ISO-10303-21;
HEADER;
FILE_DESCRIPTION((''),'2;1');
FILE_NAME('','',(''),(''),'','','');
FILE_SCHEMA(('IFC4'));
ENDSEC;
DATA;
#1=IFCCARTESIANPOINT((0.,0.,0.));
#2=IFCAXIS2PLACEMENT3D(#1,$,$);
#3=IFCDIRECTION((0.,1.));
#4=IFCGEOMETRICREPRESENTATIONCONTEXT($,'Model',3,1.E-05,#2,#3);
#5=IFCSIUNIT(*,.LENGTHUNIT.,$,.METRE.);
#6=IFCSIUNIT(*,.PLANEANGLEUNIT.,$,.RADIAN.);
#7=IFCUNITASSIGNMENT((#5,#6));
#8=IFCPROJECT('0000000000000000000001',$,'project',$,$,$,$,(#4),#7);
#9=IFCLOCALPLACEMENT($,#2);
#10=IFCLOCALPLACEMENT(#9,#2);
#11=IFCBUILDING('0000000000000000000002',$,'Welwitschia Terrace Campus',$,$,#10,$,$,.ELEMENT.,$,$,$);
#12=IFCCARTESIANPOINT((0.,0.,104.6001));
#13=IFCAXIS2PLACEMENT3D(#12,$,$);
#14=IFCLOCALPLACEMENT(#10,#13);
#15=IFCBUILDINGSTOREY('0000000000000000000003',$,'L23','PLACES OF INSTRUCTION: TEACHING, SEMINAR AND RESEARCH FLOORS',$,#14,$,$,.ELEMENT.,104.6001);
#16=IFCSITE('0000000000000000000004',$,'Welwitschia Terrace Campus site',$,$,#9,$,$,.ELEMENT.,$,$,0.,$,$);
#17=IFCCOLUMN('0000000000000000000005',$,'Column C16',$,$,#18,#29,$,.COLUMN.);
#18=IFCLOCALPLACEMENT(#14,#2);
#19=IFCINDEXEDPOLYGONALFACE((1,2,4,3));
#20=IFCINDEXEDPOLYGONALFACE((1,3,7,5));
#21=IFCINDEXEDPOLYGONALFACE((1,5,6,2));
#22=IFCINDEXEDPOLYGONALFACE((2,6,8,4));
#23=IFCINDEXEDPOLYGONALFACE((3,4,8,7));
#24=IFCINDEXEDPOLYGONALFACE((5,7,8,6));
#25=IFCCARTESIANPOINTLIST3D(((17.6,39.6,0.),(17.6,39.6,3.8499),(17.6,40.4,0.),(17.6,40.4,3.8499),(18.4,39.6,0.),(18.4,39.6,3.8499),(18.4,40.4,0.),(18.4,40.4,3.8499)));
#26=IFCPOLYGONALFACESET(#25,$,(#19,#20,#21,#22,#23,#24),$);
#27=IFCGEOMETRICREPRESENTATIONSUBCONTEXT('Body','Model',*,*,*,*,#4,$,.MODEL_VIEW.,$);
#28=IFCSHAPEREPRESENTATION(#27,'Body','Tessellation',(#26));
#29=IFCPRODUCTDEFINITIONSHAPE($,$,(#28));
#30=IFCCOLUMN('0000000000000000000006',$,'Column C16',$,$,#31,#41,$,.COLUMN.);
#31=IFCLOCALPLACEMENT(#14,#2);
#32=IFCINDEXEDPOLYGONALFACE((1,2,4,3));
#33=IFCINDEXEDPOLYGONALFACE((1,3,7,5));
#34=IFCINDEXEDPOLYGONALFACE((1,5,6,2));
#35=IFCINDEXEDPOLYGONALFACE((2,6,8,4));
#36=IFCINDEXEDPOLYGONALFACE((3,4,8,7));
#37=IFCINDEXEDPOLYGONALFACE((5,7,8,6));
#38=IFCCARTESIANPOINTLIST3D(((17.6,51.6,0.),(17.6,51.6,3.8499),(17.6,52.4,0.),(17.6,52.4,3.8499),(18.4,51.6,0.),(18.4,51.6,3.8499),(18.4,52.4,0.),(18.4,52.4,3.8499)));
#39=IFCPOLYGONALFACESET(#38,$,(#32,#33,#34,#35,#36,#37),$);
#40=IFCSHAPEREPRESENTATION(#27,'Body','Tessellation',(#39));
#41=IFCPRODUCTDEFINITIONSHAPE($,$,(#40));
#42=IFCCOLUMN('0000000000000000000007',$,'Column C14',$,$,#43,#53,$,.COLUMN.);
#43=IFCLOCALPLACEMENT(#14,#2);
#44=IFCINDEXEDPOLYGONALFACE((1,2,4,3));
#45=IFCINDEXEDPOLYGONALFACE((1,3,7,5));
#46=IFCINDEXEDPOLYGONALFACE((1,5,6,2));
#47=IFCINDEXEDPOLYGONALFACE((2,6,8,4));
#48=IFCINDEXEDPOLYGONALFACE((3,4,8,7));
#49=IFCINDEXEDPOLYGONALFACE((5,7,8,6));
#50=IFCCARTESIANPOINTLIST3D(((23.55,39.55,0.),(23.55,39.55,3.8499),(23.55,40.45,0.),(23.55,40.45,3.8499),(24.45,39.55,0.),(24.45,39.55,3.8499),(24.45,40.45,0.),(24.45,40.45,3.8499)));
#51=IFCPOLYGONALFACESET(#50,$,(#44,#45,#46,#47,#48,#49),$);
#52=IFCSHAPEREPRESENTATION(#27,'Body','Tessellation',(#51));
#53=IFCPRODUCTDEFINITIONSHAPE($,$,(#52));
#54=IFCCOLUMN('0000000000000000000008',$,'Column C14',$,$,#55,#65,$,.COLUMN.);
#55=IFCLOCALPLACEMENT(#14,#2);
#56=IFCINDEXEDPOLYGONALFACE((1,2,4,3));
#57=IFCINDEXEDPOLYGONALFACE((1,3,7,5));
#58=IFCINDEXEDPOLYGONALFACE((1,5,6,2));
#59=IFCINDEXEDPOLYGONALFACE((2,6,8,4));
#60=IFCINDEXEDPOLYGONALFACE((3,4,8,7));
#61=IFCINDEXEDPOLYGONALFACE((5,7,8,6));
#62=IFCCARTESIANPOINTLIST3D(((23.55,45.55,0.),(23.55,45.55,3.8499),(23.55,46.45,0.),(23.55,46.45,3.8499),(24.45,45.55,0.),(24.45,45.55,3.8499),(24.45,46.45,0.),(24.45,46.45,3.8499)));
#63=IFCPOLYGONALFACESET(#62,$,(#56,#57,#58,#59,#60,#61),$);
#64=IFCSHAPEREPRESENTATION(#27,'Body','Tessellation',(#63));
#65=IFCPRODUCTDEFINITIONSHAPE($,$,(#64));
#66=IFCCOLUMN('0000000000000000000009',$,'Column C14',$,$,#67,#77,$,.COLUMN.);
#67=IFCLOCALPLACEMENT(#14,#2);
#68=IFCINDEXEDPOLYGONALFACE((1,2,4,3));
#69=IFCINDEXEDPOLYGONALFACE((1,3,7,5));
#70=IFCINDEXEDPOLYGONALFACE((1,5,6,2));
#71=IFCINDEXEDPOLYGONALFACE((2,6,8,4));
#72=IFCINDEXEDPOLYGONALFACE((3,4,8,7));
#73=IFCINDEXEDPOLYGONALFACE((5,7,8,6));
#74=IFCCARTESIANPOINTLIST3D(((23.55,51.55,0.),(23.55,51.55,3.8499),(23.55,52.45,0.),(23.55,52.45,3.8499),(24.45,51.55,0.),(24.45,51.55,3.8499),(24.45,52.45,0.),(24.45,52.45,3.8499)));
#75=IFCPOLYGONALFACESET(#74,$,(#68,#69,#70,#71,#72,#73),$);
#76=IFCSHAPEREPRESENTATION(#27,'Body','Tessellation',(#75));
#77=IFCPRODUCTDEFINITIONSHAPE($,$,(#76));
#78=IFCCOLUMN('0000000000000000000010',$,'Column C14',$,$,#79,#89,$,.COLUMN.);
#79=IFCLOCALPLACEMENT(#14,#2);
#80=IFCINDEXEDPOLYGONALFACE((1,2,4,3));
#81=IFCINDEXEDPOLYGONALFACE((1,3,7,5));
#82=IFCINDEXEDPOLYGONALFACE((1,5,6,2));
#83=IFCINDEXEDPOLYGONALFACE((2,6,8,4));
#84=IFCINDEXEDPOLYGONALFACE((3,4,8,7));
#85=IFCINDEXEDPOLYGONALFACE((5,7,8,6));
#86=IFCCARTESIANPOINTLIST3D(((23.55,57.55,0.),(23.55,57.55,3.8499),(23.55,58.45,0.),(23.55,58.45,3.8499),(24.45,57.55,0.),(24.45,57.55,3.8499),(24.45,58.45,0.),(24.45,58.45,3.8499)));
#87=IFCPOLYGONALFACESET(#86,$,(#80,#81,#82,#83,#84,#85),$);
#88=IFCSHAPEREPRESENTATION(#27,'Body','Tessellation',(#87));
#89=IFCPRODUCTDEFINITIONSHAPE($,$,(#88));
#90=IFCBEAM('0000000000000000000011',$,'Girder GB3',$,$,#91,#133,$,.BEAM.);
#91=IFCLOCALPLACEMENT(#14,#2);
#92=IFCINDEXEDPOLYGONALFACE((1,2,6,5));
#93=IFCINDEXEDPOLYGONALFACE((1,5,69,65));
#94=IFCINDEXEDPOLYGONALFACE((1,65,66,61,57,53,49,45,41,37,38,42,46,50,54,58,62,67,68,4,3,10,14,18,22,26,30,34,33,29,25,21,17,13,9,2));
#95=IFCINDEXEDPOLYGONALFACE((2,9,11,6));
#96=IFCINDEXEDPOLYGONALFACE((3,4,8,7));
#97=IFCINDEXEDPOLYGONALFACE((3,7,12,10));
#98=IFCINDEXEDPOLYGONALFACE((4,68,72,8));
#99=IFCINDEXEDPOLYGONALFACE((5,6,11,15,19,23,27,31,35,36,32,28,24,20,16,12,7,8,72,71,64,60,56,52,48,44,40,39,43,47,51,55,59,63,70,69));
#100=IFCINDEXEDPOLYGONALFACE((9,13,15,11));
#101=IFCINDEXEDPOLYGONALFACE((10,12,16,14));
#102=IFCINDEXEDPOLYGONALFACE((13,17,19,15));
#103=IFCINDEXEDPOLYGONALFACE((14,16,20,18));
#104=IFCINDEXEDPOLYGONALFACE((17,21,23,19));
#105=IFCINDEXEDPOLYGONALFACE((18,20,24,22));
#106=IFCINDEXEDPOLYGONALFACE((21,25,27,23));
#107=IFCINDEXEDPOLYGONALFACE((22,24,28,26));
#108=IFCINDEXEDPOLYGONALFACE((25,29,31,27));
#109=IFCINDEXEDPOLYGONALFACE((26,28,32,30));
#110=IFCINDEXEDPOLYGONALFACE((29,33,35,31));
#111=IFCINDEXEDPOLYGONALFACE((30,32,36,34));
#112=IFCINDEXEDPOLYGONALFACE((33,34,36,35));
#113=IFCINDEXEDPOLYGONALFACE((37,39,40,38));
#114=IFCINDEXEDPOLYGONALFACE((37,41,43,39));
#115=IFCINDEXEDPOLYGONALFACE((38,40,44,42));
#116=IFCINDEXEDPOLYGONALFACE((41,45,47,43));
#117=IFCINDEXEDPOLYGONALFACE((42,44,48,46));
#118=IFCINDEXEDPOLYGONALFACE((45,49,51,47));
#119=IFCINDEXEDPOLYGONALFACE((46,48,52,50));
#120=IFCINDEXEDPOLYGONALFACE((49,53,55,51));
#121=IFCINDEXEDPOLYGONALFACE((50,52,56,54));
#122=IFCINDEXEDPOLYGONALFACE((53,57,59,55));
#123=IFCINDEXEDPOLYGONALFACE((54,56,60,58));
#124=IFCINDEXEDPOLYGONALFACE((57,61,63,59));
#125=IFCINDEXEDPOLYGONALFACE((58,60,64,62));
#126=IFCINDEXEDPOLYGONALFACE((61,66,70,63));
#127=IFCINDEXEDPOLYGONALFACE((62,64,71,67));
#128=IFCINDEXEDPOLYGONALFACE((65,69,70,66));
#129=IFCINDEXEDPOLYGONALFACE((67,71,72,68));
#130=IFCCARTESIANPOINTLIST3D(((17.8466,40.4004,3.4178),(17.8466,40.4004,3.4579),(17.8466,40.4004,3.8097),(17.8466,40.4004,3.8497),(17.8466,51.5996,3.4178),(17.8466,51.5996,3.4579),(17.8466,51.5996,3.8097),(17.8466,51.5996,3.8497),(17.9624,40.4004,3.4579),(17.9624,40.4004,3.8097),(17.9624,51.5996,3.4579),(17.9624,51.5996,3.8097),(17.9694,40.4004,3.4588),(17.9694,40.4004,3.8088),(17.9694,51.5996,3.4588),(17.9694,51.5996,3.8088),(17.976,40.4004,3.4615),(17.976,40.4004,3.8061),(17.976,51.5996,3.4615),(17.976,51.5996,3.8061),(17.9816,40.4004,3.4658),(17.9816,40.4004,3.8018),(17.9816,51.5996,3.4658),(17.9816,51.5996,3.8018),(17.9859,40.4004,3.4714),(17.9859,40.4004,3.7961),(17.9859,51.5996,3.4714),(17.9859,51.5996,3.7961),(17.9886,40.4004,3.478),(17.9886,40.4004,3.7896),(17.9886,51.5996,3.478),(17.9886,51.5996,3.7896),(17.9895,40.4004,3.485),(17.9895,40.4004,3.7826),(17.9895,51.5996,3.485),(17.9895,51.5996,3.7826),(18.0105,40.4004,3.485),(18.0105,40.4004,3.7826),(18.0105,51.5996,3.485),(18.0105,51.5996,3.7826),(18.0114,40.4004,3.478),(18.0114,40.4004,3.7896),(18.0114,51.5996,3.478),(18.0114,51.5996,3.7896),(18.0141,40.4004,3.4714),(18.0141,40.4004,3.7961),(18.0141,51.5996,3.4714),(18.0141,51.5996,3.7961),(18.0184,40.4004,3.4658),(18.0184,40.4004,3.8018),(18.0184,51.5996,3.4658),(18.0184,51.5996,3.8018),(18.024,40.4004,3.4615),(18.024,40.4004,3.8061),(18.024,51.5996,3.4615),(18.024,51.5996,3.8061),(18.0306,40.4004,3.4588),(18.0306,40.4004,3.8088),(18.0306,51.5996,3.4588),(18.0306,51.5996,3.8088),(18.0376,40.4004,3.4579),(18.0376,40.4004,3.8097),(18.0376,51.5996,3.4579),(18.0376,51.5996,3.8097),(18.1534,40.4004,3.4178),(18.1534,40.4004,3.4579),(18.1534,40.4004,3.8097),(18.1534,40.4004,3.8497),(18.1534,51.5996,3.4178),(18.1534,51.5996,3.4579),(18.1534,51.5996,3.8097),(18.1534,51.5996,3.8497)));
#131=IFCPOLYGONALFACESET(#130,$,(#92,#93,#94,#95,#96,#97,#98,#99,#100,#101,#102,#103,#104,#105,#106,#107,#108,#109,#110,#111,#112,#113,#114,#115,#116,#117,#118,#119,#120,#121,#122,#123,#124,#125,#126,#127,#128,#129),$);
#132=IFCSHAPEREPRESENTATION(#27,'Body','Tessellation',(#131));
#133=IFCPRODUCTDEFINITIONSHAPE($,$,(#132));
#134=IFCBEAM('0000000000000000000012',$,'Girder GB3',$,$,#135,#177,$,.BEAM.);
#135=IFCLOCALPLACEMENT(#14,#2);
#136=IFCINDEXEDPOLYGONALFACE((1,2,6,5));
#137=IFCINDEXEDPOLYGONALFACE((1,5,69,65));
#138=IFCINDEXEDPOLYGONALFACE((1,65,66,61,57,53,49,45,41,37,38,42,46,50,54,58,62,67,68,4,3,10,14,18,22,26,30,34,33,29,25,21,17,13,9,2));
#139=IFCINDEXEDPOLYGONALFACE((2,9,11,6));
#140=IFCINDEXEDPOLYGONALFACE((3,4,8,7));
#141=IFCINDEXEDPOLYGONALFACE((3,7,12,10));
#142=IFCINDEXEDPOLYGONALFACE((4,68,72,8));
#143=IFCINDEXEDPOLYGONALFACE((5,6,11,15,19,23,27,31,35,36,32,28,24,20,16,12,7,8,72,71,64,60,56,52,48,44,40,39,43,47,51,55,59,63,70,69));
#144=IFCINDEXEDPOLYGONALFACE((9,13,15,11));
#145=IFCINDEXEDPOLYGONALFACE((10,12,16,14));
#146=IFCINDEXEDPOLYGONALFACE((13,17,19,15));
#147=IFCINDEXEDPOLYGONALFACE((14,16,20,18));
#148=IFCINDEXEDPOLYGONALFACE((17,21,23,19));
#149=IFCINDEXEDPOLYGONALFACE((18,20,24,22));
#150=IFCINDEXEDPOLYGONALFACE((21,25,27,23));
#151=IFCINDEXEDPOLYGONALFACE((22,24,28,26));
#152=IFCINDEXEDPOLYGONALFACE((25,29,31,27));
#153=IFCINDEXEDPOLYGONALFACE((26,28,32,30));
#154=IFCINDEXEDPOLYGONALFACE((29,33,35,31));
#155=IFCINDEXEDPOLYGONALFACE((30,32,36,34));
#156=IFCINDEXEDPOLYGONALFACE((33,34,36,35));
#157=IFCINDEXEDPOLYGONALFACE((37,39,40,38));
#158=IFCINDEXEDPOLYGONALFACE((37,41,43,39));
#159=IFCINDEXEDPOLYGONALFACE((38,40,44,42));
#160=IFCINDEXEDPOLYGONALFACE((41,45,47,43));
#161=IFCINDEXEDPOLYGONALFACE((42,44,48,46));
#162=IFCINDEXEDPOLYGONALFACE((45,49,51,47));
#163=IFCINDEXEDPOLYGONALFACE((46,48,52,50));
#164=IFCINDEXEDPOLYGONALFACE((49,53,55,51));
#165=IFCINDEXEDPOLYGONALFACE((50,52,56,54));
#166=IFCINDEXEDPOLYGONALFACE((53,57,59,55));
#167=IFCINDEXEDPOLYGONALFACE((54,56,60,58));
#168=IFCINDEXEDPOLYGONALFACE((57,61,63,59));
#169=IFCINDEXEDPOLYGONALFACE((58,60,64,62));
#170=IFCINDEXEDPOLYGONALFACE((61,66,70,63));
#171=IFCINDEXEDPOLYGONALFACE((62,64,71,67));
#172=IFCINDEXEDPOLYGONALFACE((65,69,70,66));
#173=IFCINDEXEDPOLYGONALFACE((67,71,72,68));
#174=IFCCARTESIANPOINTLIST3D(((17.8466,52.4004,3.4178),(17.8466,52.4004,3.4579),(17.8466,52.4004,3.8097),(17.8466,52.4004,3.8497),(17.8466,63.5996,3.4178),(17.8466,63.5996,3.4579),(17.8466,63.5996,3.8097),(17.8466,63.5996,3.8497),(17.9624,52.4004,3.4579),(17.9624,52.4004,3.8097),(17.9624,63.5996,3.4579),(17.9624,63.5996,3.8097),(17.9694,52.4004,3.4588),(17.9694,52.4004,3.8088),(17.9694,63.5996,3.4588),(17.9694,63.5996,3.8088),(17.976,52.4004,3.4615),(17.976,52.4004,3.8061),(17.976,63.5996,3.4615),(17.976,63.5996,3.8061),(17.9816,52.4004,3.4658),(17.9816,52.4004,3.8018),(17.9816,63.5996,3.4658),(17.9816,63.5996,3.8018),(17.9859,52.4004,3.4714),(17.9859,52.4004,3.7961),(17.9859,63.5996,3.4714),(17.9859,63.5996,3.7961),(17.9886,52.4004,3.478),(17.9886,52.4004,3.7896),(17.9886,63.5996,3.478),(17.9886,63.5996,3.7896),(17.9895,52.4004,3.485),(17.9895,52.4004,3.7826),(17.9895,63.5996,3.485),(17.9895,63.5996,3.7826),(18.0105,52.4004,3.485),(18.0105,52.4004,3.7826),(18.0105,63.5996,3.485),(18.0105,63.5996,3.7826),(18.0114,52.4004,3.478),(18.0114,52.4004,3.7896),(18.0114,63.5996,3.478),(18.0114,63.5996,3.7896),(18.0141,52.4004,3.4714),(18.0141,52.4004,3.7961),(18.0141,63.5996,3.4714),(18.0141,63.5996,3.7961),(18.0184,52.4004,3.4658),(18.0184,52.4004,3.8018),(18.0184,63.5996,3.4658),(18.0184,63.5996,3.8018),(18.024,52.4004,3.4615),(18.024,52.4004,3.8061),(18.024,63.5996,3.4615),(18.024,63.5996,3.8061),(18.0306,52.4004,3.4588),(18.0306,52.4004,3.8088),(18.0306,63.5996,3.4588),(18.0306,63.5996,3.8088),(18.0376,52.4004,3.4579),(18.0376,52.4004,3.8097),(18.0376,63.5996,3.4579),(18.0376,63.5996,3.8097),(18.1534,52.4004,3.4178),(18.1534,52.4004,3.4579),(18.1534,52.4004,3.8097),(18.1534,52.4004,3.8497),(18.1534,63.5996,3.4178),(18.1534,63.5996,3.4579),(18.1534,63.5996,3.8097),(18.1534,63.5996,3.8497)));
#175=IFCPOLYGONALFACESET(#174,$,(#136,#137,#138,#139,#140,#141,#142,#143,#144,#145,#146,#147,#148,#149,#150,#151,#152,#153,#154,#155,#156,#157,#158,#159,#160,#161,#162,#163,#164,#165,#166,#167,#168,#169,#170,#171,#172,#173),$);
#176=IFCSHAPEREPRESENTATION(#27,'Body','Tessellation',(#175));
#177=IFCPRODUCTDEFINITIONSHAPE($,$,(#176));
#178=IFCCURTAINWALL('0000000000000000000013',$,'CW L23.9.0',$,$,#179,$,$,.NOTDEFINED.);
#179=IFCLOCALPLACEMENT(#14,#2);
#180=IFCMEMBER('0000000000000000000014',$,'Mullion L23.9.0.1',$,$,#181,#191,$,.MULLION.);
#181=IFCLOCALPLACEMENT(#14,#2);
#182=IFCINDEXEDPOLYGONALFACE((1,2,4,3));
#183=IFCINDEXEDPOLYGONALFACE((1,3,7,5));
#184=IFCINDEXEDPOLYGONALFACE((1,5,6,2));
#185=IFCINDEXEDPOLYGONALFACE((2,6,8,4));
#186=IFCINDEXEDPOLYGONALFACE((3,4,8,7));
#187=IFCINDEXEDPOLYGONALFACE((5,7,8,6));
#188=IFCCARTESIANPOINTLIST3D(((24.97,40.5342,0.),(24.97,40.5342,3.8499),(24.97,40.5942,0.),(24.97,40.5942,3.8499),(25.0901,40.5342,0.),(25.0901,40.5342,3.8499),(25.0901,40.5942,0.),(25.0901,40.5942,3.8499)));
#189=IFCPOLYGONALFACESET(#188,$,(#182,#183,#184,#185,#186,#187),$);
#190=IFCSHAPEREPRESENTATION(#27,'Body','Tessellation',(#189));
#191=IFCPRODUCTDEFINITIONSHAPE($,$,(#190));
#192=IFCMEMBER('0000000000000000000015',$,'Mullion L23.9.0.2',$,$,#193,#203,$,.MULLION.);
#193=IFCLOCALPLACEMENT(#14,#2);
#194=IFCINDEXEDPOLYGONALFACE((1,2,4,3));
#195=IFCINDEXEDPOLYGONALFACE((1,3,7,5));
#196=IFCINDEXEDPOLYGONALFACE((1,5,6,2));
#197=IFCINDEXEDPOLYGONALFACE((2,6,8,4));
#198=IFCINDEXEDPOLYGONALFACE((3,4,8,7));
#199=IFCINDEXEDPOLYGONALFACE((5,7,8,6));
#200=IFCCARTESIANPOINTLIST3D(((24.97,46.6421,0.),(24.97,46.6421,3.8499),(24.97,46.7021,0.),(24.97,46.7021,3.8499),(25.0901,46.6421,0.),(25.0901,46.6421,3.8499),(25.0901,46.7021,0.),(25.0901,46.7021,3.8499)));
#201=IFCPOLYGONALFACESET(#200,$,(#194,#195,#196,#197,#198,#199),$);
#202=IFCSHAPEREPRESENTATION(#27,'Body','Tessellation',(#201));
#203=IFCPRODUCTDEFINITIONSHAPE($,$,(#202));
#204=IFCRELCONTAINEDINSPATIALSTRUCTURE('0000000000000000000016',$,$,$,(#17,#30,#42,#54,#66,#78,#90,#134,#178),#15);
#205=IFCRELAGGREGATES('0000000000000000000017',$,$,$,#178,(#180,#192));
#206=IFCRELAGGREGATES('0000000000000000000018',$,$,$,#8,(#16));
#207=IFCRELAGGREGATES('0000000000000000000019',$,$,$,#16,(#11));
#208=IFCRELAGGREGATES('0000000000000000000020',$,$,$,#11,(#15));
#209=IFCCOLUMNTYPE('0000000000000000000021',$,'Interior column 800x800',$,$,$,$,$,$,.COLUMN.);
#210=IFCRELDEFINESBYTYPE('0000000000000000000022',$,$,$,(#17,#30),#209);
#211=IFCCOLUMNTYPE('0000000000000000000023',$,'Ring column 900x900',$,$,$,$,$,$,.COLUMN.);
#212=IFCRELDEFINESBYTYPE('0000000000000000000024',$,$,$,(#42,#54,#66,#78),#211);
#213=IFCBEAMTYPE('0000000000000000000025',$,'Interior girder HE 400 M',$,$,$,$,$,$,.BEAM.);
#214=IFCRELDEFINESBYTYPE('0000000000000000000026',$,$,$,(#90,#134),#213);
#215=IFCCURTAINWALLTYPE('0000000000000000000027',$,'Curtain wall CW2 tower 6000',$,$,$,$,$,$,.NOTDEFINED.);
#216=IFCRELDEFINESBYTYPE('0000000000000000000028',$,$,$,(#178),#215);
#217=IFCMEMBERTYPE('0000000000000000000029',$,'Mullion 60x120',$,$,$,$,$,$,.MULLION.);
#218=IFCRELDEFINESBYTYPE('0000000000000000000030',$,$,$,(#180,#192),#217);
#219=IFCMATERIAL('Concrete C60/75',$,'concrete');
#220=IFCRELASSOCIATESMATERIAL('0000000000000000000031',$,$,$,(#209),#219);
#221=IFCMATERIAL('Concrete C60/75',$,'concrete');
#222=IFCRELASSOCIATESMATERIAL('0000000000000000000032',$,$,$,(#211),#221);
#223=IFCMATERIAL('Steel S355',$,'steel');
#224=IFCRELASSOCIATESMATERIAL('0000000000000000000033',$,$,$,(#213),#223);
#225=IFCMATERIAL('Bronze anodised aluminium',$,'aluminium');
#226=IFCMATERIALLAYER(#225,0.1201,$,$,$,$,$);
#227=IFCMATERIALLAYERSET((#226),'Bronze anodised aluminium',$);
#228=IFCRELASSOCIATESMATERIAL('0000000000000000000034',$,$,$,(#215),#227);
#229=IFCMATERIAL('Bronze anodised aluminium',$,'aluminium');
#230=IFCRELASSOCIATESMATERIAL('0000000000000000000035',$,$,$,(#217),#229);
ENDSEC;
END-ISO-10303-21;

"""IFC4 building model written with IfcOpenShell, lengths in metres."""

from ifc_helpers import new_model, si_unit, direction, frame, origin, origin_2d, place, context, subcontext, project, spatial, rectangle, i_section, extrude, material, layer, layer_set, material_profile, profile_set, type_object, element, aggregate, save


model = new_model("IFC4")

# Units and contexts
model_context = context("Model", 3, precision=1e-05, world=origin(), true_north=direction((0.0, 1.0)))
body_context = subcontext(model_context, "Body", "Model", "MODEL_VIEW")
ifc_project = project(units=[si_unit("LENGTHUNIT", "METRE"), si_unit("PLANEANGLEUNIT", "RADIAN")], contexts=[model_context])

# Site, building, storey
site_placement = place(None, origin())
site = spatial("IfcSite", under=ifc_project, at=site_placement, Name="Welwitschia Terrace Campus site", CompositionType="ELEMENT", RefElevation=0.0)
building_placement = place(site_placement, origin())
building = spatial("IfcBuilding", under=site, at=building_placement, Name="Welwitschia Terrace Campus", CompositionType="ELEMENT")
storey_placement = place(building_placement, frame((0.0, 0.0, 104.6001)))
storey = spatial("IfcBuildingStorey", under=building, at=storey_placement, Name="L23", Description="PLACES OF INSTRUCTION: TEACHING, SEMINAR AND RESEARCH FLOORS", CompositionType="ELEMENT", Elevation=104.6001)

# Columns
ifc_material_1 = material(Name="Concrete C60/75", Category="concrete")
ifc_material_profile_1 = material_profile(ifc_material_1, rectangle(XDim=0.8, YDim=0.8, at=origin_2d()))
ifc_profile_set_1 = profile_set([ifc_material_profile_1], Name="Concrete C60/75")
column_type_1 = type_object("IfcColumnType", Name="Interior column 800x800", PredefinedType="COLUMN", material=ifc_profile_set_1)
for number, where, z_axis, x_axis, name in (
    (1, (18.0, 40.0, 0.0), (0.0, 0.0, 1.0), (1.0, 0.0, 0.0), "Column C16"),
    (2, (18.0, 52.0, 0.0), (0.0, 0.0, 1.0), (1.0, 0.0, 0.0), "Column C16"),
):
    element("IfcColumn", number, at=place(storey_placement, frame(where, z_axis=z_axis, x_axis=x_axis)), inside=storey, type_object=column_type_1, Name=name, PredefinedType="COLUMN", context=body_context, shape_type="SweptSolid", body=[
        extrude(rectangle(XDim=0.8, YDim=0.8, at=origin_2d()), origin(), (0.0, 0.0, 1.0), 3.8499),
    ])
ifc_material_2 = material(Name="Concrete C60/75", Category="concrete")
ifc_material_profile_2 = material_profile(ifc_material_2, rectangle(XDim=0.8999, YDim=0.8999, at=origin_2d()))
ifc_profile_set_2 = profile_set([ifc_material_profile_2], Name="Concrete C60/75")
column_type_2 = type_object("IfcColumnType", Name="Ring column 900x900", PredefinedType="COLUMN", material=ifc_profile_set_2)
for number, where, z_axis, x_axis, name in (
    (3, (24.0, 40.0, 0.0), (0.0, 0.0, 1.0), (1.0, 0.0, 0.0), "Column C14"),
    (4, (24.0, 46.0, 0.0), (0.0, 0.0, 1.0), (1.0, 0.0, 0.0), "Column C14"),
    (5, (24.0, 52.0, 0.0), (0.0, 0.0, 1.0), (1.0, 0.0, 0.0), "Column C14"),
    (6, (24.0, 58.0, 0.0), (0.0, 0.0, 1.0), (1.0, 0.0, 0.0), "Column C14"),
):
    element("IfcColumn", number, at=place(storey_placement, frame(where, z_axis=z_axis, x_axis=x_axis)), inside=storey, type_object=column_type_2, Name=name, PredefinedType="COLUMN", context=body_context, shape_type="SweptSolid", body=[
        extrude(rectangle(XDim=0.8999, YDim=0.8999, at=origin_2d()), origin(), (0.0, 0.0, 1.0), 3.8499),
    ])

# Beams
ifc_material_3 = material(Name="Steel S355", Category="steel")
ifc_material_profile_3 = material_profile(ifc_material_3, i_section(OverallWidth=0.3069, OverallDepth=0.4319, WebThickness=0.021, FlangeThickness=0.04, FilletRadius=0.0271, at=origin_2d()))
ifc_profile_set_3 = profile_set([ifc_material_profile_3], Name="Steel S355")
beam_type_1 = type_object("IfcBeamType", Name="Interior girder HE 400 M", PredefinedType="BEAM", material=ifc_profile_set_3)
for number, where, z_axis, x_axis, name in (
    (7, (18.0, 40.4004, 3.6338), (0.0, 1.0, 0.0), (-1.0, 0.0, 0.0), "Girder GB3"),
    (8, (18.0, 52.4004, 3.6338), (0.0, 1.0, 0.0), (-1.0, 0.0, 0.0), "Girder GB3"),
):
    element("IfcBeam", number, at=place(storey_placement, frame(where, z_axis=z_axis, x_axis=x_axis)), inside=storey, type_object=beam_type_1, Name=name, PredefinedType="BEAM", context=body_context, shape_type="SweptSolid", body=[
        extrude(i_section(OverallWidth=0.3069, OverallDepth=0.4319, WebThickness=0.021, FlangeThickness=0.04, FilletRadius=0.0271, at=origin_2d()), origin(), (0.0, 0.0, 1.0), 11.1992),
    ])

# Curtain wall, members
ifc_material_4 = material(Name="Bronze anodised aluminium", Category="aluminium")
ifc_layer_1 = layer(ifc_material_4, 0.1201)
ifc_layer_set_1 = layer_set([ifc_layer_1], Name="Bronze anodised aluminium")
curtain_wall_type = type_object("IfcCurtainWallType", Name="Curtain wall CW2 tower 6000", PredefinedType="NOTDEFINED", material=ifc_layer_set_1)
curtain_wall_placement = place(storey_placement, origin())
curtain_wall = element("IfcCurtainWall", 9, at=curtain_wall_placement, inside=storey, type_object=curtain_wall_type, Name="CW L23.9.0", PredefinedType="NOTDEFINED")
ifc_material_5 = material(Name="Bronze anodised aluminium", Category="aluminium")
ifc_material_profile_4 = material_profile(ifc_material_5, rectangle(XDim=0.1201, YDim=0.0601, at=origin_2d()))
ifc_profile_set_4 = profile_set([ifc_material_profile_4], Name="Bronze anodised aluminium")
member_type = type_object("IfcMemberType", Name="Mullion 60x120", PredefinedType="MULLION", material=ifc_profile_set_4)
member_1_placement = place(storey_placement, frame((25.03, 40.5642, 0.0), z_axis=(0.0, 0.0, 1.0), x_axis=(-1.0, 0.0, 0.0)))
member_1 = element("IfcMember", 10, at=member_1_placement, type_object=member_type, Name="Mullion L23.9.0.1", PredefinedType="MULLION", context=body_context, shape_type="SweptSolid", body=[
    extrude(rectangle(XDim=0.1201, YDim=0.0601, at=origin_2d()), origin(), (0.0, 0.0, 1.0), 3.8499),
])
member_2_placement = place(storey_placement, frame((25.03, 46.6721, 0.0), z_axis=(0.0, 0.0, 1.0), x_axis=(-1.0, 0.0, 0.0)))
member_2 = element("IfcMember", 11, at=member_2_placement, type_object=member_type, Name="Mullion L23.9.0.2", PredefinedType="MULLION", context=body_context, shape_type="SweptSolid", body=[
    extrude(rectangle(XDim=0.1201, YDim=0.0601, at=origin_2d()), origin(), (0.0, 0.0, 1.0), 3.8499),
])

aggregate(curtain_wall, [member_1, member_2])

save(model, "model.ifc")
